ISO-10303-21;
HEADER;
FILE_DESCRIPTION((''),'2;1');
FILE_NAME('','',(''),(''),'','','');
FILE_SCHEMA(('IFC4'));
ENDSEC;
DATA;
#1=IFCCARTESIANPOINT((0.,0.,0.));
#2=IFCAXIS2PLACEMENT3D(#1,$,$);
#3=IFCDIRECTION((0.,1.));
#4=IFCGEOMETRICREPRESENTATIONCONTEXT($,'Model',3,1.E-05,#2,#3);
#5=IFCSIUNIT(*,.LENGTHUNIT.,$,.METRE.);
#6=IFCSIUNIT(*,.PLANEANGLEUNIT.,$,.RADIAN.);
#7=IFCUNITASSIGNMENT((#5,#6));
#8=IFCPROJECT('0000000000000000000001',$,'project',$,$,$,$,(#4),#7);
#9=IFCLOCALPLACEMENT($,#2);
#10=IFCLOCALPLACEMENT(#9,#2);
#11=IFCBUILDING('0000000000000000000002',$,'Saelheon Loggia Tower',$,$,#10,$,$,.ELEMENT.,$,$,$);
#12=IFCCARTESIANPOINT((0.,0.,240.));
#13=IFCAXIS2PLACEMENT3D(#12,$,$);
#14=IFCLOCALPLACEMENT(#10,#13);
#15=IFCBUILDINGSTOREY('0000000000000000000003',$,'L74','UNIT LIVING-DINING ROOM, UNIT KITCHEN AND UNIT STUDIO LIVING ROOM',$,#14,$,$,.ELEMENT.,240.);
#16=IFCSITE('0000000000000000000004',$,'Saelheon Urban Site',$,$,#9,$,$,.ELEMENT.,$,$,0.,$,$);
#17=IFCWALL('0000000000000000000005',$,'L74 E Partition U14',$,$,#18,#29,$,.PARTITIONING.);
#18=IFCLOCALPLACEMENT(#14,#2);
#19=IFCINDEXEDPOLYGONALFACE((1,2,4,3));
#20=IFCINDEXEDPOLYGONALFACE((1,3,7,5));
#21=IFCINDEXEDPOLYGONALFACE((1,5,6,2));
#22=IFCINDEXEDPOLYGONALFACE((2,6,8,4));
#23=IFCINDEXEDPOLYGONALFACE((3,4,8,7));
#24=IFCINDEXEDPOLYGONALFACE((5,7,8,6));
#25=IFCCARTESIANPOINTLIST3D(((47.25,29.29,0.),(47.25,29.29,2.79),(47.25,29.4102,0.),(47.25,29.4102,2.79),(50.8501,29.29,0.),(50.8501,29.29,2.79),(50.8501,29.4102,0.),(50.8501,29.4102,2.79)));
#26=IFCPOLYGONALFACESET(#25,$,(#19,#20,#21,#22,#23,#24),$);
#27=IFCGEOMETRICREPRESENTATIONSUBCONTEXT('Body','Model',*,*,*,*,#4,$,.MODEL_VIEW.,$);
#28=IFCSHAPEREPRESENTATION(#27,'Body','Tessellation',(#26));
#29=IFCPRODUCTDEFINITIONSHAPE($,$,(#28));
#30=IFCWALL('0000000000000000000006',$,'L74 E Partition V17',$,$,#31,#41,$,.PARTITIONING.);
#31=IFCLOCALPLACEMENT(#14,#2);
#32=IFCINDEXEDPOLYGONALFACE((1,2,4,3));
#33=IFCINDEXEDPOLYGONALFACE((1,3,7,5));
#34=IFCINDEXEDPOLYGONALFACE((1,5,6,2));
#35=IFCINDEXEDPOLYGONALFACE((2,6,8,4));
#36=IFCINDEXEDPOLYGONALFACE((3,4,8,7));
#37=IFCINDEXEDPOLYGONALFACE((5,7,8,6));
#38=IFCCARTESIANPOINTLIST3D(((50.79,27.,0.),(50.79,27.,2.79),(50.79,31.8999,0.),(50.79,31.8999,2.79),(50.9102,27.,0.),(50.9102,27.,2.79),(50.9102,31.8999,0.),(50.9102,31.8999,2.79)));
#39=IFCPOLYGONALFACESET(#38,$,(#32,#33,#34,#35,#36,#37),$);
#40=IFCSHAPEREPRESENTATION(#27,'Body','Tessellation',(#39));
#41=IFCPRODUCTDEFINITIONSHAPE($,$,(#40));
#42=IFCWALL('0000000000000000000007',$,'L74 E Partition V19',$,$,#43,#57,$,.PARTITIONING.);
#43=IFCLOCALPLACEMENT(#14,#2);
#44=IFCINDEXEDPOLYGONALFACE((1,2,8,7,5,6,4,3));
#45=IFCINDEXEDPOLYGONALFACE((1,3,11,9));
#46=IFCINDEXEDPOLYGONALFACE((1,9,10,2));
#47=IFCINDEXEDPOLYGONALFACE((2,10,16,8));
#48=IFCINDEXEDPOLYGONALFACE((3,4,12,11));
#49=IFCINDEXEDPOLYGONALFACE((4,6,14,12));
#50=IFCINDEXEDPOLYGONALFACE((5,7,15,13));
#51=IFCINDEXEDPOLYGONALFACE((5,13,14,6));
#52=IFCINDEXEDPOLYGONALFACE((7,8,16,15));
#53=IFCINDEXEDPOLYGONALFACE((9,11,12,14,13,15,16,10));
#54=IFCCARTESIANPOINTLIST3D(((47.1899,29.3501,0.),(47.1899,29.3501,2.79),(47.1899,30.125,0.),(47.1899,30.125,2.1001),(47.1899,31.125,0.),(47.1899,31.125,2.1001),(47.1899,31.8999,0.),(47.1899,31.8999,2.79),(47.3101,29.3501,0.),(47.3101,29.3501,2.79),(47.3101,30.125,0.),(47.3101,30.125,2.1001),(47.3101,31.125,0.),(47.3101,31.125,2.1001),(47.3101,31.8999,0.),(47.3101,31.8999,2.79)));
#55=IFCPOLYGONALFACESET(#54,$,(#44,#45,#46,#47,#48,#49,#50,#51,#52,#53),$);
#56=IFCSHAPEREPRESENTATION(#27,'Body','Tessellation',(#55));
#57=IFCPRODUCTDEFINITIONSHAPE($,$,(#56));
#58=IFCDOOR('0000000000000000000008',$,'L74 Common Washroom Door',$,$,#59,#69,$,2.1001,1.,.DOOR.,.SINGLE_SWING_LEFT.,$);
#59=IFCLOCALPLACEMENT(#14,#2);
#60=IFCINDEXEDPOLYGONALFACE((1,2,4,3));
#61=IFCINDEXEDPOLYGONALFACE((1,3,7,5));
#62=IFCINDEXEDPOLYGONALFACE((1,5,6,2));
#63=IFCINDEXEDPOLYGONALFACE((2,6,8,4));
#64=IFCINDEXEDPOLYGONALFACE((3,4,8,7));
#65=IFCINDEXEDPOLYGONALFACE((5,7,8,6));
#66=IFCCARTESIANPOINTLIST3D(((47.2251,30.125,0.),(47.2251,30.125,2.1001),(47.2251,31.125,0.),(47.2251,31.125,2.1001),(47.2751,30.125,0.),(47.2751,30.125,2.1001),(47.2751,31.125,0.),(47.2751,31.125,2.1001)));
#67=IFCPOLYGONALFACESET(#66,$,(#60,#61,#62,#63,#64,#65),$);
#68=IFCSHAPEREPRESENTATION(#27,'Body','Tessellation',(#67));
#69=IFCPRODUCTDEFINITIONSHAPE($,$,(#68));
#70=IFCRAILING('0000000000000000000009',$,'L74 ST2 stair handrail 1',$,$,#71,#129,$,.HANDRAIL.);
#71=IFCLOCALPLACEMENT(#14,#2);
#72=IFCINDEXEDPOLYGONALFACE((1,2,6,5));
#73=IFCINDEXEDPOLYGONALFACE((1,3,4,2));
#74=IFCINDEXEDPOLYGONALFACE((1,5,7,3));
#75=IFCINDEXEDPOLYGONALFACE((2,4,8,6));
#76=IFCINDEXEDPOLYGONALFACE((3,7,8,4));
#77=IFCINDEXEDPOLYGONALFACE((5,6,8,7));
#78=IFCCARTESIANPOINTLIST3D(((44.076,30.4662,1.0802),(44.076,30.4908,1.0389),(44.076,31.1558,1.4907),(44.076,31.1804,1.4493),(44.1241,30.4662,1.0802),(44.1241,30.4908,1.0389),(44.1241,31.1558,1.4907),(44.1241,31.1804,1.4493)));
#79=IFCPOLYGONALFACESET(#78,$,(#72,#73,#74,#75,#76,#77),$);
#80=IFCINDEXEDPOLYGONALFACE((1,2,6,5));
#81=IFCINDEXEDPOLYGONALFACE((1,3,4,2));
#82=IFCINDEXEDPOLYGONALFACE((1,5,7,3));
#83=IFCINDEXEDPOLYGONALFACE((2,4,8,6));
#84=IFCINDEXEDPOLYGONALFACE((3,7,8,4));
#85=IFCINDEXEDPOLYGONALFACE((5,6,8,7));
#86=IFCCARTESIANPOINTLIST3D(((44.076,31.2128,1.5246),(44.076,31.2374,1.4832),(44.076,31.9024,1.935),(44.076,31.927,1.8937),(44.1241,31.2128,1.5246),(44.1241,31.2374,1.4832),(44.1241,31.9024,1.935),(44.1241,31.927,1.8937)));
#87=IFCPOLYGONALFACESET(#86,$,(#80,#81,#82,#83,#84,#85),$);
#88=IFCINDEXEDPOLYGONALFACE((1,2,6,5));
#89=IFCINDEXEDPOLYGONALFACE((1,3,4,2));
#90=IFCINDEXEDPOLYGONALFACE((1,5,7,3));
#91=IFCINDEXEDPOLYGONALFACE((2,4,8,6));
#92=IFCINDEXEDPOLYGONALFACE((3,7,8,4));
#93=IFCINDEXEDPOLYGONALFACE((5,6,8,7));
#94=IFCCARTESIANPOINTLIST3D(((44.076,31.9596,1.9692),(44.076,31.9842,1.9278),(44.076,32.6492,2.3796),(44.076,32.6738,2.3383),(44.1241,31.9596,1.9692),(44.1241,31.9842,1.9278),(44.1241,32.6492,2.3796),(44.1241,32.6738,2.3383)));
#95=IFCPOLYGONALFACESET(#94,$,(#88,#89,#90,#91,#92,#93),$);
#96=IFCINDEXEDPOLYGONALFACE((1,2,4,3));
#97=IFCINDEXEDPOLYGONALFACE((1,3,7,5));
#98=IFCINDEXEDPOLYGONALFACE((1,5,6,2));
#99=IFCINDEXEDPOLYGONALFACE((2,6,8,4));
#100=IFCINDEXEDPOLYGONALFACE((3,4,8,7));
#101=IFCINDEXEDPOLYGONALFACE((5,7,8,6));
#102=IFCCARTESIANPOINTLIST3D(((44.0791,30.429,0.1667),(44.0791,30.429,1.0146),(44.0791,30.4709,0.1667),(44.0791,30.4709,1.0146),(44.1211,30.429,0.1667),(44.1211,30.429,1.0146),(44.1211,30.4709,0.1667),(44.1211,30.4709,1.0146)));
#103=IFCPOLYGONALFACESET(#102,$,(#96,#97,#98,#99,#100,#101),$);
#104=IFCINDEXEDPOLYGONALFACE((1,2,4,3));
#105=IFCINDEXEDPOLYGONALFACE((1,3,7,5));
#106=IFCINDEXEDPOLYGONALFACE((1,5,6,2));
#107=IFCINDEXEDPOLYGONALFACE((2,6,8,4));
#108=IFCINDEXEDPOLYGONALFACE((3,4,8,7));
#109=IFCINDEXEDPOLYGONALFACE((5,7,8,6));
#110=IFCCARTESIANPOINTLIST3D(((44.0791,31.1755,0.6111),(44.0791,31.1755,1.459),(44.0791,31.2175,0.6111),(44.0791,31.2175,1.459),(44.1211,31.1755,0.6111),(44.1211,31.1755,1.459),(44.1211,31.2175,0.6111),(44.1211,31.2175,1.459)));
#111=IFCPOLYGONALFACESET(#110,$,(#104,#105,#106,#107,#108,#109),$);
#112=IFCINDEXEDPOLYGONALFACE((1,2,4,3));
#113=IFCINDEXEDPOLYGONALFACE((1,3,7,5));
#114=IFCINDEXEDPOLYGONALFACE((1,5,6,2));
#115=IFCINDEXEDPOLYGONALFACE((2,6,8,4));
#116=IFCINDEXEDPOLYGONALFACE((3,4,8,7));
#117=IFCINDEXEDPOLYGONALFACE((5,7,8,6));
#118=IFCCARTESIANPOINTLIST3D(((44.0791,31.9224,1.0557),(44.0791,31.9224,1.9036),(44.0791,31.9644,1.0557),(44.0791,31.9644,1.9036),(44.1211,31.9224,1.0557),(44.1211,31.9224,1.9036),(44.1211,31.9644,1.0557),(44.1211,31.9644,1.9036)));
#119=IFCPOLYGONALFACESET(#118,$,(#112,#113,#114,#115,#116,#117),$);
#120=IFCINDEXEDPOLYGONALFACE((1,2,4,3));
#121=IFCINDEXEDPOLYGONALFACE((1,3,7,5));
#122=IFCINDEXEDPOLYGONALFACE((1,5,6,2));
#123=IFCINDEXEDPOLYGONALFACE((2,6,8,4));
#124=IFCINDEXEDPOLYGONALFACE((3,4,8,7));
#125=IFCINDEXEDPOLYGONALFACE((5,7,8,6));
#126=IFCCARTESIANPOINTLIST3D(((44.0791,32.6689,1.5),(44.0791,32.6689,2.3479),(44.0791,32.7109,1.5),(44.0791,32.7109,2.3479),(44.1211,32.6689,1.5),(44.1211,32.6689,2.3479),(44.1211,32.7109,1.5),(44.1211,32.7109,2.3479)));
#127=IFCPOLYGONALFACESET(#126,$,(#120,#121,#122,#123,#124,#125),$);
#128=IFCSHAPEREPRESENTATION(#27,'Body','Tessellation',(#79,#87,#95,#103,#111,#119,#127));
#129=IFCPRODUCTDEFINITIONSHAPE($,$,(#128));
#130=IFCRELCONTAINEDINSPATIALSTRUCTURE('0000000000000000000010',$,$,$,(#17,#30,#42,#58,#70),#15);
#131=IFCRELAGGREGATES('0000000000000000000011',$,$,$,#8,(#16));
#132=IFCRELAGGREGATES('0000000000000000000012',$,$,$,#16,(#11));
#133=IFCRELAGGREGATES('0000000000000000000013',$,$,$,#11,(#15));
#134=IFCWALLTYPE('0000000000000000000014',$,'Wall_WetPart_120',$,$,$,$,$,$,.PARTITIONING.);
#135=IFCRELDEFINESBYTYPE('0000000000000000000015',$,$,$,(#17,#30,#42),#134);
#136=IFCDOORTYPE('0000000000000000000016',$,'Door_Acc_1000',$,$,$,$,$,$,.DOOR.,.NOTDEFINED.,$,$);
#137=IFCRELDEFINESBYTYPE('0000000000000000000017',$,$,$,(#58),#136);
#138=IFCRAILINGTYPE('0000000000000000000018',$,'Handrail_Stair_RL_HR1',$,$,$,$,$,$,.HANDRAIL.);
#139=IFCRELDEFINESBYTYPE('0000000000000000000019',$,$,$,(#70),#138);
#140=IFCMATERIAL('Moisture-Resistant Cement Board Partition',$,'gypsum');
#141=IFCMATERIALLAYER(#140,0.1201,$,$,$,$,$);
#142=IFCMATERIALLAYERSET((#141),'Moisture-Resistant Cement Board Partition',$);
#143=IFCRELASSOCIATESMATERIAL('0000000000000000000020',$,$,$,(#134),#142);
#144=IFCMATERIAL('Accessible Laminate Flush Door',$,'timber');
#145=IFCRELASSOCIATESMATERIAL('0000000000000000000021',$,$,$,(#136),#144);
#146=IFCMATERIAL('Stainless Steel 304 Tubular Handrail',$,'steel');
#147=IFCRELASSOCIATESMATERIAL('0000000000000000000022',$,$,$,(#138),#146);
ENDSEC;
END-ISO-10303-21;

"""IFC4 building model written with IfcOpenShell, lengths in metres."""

from ifc_helpers import new_model, si_unit, direction, frame, frame_2d, origin, origin_2d, place, context, subcontext, project, spatial, rectangle, extrude, source, transform, mapped, material, layer, layer_set, type_object, element, fill, save


model = new_model("IFC4")

# Units and contexts
model_context = context("Model", 3, precision=1e-05, world=origin(), true_north=direction((0.0, 1.0)))
body_context = subcontext(model_context, "Body", "Model", "MODEL_VIEW")
ifc_project = project(units=[si_unit("LENGTHUNIT", "METRE"), si_unit("PLANEANGLEUNIT", "RADIAN")], contexts=[model_context])

# Site, building, storey
site_placement = place(None, origin())
site = spatial("IfcSite", under=ifc_project, at=site_placement, Name="Saelheon Urban Site", CompositionType="ELEMENT", RefElevation=0.0)
building_placement = place(site_placement, origin())
building = spatial("IfcBuilding", under=site, at=building_placement, Name="Saelheon Loggia Tower", CompositionType="ELEMENT")
storey_placement = place(building_placement, frame((0.0, 0.0, 240.0)))
storey = spatial("IfcBuildingStorey", under=building, at=storey_placement, Name="L74", Description="UNIT LIVING-DINING ROOM, UNIT KITCHEN AND UNIT STUDIO LIVING ROOM", CompositionType="ELEMENT", Elevation=240.0)

# Walls
ifc_material_1 = material(Name="Moisture-Resistant Cement Board Partition", Category="gypsum")
ifc_layer_1 = layer(ifc_material_1, 0.1201)
ifc_layer_set_1 = layer_set([ifc_layer_1], Name="Moisture-Resistant Cement Board Partition")
wall_type_1 = type_object("IfcWallType", Name="Wall_WetPart_120", PredefinedType="PARTITIONING", material=ifc_layer_set_1)
wall_1_placement = place(storey_placement, frame((47.25, 29.3501, 0.0), z_axis=(0.0, 0.0, 1.0), x_axis=(1.0, 0.0, 0.0)))
element("IfcWall", 1, at=wall_1_placement, inside=storey, type_object=wall_type_1, Name="L74 E Partition U14", PredefinedType="PARTITIONING", context=body_context, shape_type="SweptSolid", body=[
    extrude(rectangle(XDim=3.6001, YDim=0.1201, at=frame_2d((1.8, 0.0))), origin(), (0.0, 0.0, 1.0), 2.79),
])
wall_2_placement = place(storey_placement, frame((50.8501, 27.0, 0.0), z_axis=(0.0, 0.0, 1.0), x_axis=(0.0, 1.0, 0.0)))
element("IfcWall", 2, at=wall_2_placement, inside=storey, type_object=wall_type_1, Name="L74 E Partition V17", PredefinedType="PARTITIONING", context=body_context, shape_type="SweptSolid", body=[
    extrude(rectangle(XDim=4.8999, YDim=0.1201, at=frame_2d((2.45, 0.0))), origin(), (0.0, 0.0, 1.0), 2.79),
])

# Wall, opening, door
wall_3_placement = place(storey_placement, frame((47.25, 29.3501, 0.0), z_axis=(0.0, 0.0, 1.0), x_axis=(0.0, 1.0, 0.0)))
wall_3 = element("IfcWall", 3, at=wall_3_placement, inside=storey, type_object=wall_type_1, Name="L74 E Partition V19", PredefinedType="PARTITIONING", context=body_context, shape_type="SweptSolid", body=[
    extrude(rectangle(XDim=2.5498, YDim=0.1201, at=frame_2d((1.2749, 0.0))), origin(), (0.0, 0.0, 1.0), 2.79),
])
opening_1_placement = place(wall_3_placement, frame((0.7749, 0.0, 0.0)))
opening_1 = element("IfcOpeningElement", 4, at=opening_1_placement, cuts=wall_3, PredefinedType="OPENING", context=body_context, shape_type="SweptSolid", body=[
    extrude(rectangle(XDim=1.0, YDim=2.1001, at=frame_2d((0.5, 1.05))), frame((0.0, 0.072, 0.0), z_axis=(0.0, -1.0, 0.0), x_axis=(1.0, 0.0, 0.0)), (0.0, 0.0, 1.0), 0.144),
])
ifc_material_2 = material(Name="Accessible Laminate Flush Door", Category="timber")
door_type_1 = type_object("IfcDoorType", Name="Door_Acc_1000", OperationType="NOTDEFINED", PredefinedType="DOOR", material=ifc_material_2)
shared_shape_1 = source(origin(), body_context, "Body", "SweptSolid", [
    extrude(rectangle(XDim=1.0, YDim=2.1001, at=frame_2d((0.5, 1.05))), frame((0.0, 0.0249, 0.0), z_axis=(0.0, -1.0, 0.0), x_axis=(1.0, 0.0, 0.0)), (0.0, 0.0, 1.0), 0.05),
])
door_1_placement = place(opening_1_placement, origin())
door_1 = element("IfcDoor", 5, at=door_1_placement, inside=storey, type_object=door_type_1, Name="L74 Common Washroom Door", OperationType="SINGLE_SWING_LEFT", OverallHeight=2.1001, OverallWidth=1.0, PredefinedType="DOOR", context=body_context, shape_type="MappedRepresentation", body=[
    mapped(shared_shape_1, transform((0.0, 0.0, 0.0), scale=1.0)),
])
fill(opening_1, door_1)

# Railing
ifc_material_3 = material(Name="Stainless Steel 304 Tubular Handrail", Category="steel")
railing_type = type_object("IfcRailingType", Name="Handrail_Stair_RL_HR1", PredefinedType="HANDRAIL", material=ifc_material_3)
railing_placement = place(storey_placement, frame((44.1001, 30.45, 0.1667)))
element("IfcRailing", 6, at=railing_placement, inside=storey, type_object=railing_type, Name="L74 ST2 stair handrail 1", PredefinedType="HANDRAIL", context=body_context, shape_type="SweptSolid", body=[
    extrude(rectangle(XDim=0.0481, YDim=0.0481, at=origin_2d()), frame((0.0, 0.0286, 0.8928), z_axis=(0.0, 0.859306, 0.511462), x_axis=(-1.0, 0.0, 0.0)), (0.0, 0.0, 1.0), 0.8025),
    extrude(rectangle(XDim=0.0481, YDim=0.0481, at=origin_2d()), frame((0.0, 0.7751, 1.3372), z_axis=(0.0, 0.859306, 0.511462), x_axis=(-1.0, 0.0, 0.0)), (0.0, 0.0, 1.0), 0.8025),
    extrude(rectangle(XDim=0.0481, YDim=0.0481, at=origin_2d()), frame((0.0, 1.522, 1.7817), z_axis=(0.0, 0.859306, 0.511462), x_axis=(-1.0, 0.0, 0.0)), (0.0, 0.0, 1.0), 0.8025),
    extrude(rectangle(XDim=0.042, YDim=0.042, at=origin_2d()), origin(), (0.0, 0.0, 1.0), 0.8479),
    extrude(rectangle(XDim=0.042, YDim=0.042, at=origin_2d()), frame((0.0, 0.7466, 0.4443)), (0.0, 0.0, 1.0), 0.8479),
    extrude(rectangle(XDim=0.042, YDim=0.042, at=origin_2d()), frame((0.0, 1.4934, 0.8889)), (0.0, 0.0, 1.0), 0.8479),
    extrude(rectangle(XDim=0.042, YDim=0.042, at=origin_2d()), frame((0.0, 2.24, 1.3333)), (0.0, 0.0, 1.0), 0.8479),
])

save(model, "model.ifc")
